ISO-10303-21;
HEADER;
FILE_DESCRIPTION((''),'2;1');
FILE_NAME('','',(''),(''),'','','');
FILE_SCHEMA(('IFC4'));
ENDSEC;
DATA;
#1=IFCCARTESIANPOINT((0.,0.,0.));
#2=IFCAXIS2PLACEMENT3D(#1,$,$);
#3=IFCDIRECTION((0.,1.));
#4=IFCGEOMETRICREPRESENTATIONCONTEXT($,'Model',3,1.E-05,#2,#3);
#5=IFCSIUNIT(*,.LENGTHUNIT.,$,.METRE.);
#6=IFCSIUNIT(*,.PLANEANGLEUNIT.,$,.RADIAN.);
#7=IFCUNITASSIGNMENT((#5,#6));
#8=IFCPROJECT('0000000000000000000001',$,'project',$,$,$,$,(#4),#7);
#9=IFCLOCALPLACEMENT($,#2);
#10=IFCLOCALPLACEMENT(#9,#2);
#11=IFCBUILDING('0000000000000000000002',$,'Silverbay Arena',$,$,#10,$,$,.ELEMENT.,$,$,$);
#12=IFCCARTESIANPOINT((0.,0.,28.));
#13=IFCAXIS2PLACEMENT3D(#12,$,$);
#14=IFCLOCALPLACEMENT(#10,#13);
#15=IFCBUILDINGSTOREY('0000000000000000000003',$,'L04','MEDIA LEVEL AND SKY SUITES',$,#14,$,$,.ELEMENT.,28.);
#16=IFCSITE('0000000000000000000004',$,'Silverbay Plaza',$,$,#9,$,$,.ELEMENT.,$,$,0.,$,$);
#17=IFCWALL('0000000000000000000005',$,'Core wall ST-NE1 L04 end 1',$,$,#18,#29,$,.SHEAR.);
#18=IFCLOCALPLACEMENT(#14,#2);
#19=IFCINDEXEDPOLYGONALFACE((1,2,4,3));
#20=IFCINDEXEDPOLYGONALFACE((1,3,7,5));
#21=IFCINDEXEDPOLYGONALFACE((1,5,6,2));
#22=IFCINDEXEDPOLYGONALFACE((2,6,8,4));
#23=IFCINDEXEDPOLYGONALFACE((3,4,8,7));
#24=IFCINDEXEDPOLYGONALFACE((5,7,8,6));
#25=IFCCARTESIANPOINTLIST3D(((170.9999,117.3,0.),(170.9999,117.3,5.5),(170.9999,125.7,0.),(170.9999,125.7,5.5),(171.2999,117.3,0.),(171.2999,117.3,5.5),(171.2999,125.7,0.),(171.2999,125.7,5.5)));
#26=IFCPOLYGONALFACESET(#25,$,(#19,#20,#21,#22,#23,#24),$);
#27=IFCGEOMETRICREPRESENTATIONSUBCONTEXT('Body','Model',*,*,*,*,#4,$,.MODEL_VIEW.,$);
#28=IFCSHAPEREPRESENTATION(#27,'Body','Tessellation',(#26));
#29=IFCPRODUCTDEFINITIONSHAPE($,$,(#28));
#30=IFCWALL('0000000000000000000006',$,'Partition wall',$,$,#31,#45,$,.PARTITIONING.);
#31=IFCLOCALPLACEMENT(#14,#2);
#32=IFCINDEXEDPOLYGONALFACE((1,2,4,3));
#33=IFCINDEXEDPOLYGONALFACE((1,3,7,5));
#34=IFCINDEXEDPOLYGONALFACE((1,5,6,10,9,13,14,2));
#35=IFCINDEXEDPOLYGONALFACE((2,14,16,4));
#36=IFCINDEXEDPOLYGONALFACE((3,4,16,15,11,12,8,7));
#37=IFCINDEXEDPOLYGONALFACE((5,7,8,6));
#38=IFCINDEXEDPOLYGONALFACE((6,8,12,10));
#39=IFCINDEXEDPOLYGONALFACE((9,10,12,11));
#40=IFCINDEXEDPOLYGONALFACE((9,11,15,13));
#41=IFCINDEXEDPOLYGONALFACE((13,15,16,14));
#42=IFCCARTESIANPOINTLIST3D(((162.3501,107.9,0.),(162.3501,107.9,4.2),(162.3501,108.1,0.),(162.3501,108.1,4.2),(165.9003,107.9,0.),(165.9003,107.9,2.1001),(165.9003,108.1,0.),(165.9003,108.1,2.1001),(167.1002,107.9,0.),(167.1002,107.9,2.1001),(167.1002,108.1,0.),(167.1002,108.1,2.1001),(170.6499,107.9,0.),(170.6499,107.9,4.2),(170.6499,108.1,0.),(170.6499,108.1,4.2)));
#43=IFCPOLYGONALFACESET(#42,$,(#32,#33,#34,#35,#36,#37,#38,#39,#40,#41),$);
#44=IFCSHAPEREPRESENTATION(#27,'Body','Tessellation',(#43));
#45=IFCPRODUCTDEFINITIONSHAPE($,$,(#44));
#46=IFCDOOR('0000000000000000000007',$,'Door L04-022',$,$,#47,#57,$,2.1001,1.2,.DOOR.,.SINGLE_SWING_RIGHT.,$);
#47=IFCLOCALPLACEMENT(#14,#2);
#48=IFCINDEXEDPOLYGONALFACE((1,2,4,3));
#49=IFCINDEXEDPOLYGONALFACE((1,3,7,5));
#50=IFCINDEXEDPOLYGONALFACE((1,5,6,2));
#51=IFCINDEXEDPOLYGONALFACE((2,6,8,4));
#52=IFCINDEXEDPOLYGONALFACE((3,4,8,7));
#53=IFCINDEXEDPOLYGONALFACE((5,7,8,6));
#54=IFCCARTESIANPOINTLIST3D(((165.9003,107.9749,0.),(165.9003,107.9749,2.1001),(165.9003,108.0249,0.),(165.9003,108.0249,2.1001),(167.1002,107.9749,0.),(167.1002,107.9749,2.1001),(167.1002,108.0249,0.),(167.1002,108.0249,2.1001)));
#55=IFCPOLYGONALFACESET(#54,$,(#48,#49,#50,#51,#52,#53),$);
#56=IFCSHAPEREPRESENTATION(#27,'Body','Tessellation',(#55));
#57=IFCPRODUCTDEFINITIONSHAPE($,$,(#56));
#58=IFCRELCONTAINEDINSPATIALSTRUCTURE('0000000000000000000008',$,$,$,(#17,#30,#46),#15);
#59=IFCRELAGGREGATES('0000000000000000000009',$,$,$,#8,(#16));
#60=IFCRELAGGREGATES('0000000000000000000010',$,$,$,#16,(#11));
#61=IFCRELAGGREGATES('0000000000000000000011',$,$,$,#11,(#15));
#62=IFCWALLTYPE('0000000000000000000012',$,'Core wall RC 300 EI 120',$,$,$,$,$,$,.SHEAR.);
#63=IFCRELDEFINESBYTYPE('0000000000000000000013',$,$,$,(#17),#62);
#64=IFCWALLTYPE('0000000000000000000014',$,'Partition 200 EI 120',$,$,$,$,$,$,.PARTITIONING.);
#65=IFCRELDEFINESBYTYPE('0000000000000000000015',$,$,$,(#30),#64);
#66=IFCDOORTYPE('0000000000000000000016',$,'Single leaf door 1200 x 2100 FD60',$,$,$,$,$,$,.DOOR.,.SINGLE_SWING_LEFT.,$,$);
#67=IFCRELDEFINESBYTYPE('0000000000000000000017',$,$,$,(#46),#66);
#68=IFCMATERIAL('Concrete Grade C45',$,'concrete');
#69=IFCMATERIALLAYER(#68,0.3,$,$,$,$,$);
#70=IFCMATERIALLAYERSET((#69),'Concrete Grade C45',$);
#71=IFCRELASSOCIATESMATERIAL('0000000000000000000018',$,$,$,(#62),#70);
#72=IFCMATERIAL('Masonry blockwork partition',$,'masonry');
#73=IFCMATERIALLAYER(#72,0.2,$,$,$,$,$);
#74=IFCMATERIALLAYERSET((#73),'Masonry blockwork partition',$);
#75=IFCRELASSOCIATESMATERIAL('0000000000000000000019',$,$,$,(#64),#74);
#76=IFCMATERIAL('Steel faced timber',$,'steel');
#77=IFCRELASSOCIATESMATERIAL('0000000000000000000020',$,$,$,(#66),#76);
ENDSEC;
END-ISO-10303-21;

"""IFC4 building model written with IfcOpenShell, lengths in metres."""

from ifc_helpers import new_model, si_unit, direction, frame, frame_2d, origin, place, context, subcontext, project, spatial, rectangle, extrude, material, layer, layer_set, type_object, element, fill, save


model = new_model("IFC4")

# Units and contexts
model_context = context("Model", 3, precision=1e-05, world=origin(), true_north=direction((0.0, 1.0)))
body_context = subcontext(model_context, "Body", "Model", "MODEL_VIEW")
ifc_project = project(units=[si_unit("LENGTHUNIT", "METRE"), si_unit("PLANEANGLEUNIT", "RADIAN")], contexts=[model_context])

# Site, building, storey
site_placement = place(None, origin())
site = spatial("IfcSite", under=ifc_project, at=site_placement, Name="Silverbay Plaza", CompositionType="ELEMENT", RefElevation=0.0)
building_placement = place(site_placement, origin())
building = spatial("IfcBuilding", under=site, at=building_placement, Name="Silverbay Arena", CompositionType="ELEMENT")
storey_placement = place(building_placement, frame((0.0, 0.0, 28.0)))
storey = spatial("IfcBuildingStorey", under=building, at=storey_placement, Name="L04", Description="MEDIA LEVEL AND SKY SUITES", CompositionType="ELEMENT", Elevation=28.0)

# Shared definitions
ifc_material_1 = material(Name="Concrete Grade C45", Category="concrete")
ifc_layer_1 = layer(ifc_material_1, 0.3)
ifc_layer_set_1 = layer_set([ifc_layer_1], Name="Concrete Grade C45")
wall_type_1 = type_object("IfcWallType", Name="Core wall RC 300 EI 120", PredefinedType="SHEAR", material=ifc_layer_set_1)

# Wall
wall_1_placement = place(storey_placement, frame((171.1499, 117.3, 0.0), z_axis=(0.0, 0.0, 1.0), x_axis=(0.0, 1.0, 0.0)))
element("IfcWall", 1, at=wall_1_placement, inside=storey, type_object=wall_type_1, Name="Core wall ST-NE1 L04 end 1", PredefinedType="SHEAR", context=body_context, shape_type="SweptSolid", body=[
    extrude(rectangle(XDim=8.3999, YDim=0.3, at=frame_2d((4.2, 0.0))), origin(), (0.0, 0.0, 1.0), 5.5),
])

# Wall, opening, door
ifc_material_2 = material(Name="Masonry blockwork partition", Category="masonry")
ifc_layer_2 = layer(ifc_material_2, 0.2)
ifc_layer_set_2 = layer_set([ifc_layer_2], Name="Masonry blockwork partition")
wall_type_2 = type_object("IfcWallType", Name="Partition 200 EI 120", PredefinedType="PARTITIONING", material=ifc_layer_set_2)
wall_2_placement = place(storey_placement, frame((162.3501, 108.0, 0.0), z_axis=(0.0, 0.0, 1.0), x_axis=(1.0, 0.0, 0.0)))
wall_2 = element("IfcWall", 2, at=wall_2_placement, inside=storey, type_object=wall_type_2, Name="Partition wall", PredefinedType="PARTITIONING", context=body_context, shape_type="SweptSolid", body=[
    extrude(rectangle(XDim=8.2998, YDim=0.2, at=frame_2d((4.1499, 0.0))), origin(), (0.0, 0.0, 1.0), 4.2),
])
opening_1_placement = place(wall_2_placement, frame((3.55, 0.0, 0.0)))
opening_1 = element("IfcOpeningElement", 3, at=opening_1_placement, cuts=wall_2, PredefinedType="OPENING", context=body_context, shape_type="SweptSolid", body=[
    extrude(rectangle(XDim=1.2, YDim=2.1001, at=frame_2d((0.6001, 1.05))), frame((0.0, 0.1099, 0.0), z_axis=(0.0, -1.0, 0.0), x_axis=(1.0, 0.0, 0.0)), (0.0, 0.0, 1.0), 0.22),
])
ifc_material_3 = material(Name="Steel faced timber", Category="steel")
door_type_1 = type_object("IfcDoorType", Name="Single leaf door 1200 x 2100 FD60", OperationType="SINGLE_SWING_LEFT", PredefinedType="DOOR", material=ifc_material_3)
door_1_placement = place(opening_1_placement, origin())
door_1 = element("IfcDoor", 4, at=door_1_placement, inside=storey, type_object=door_type_1, Name="Door L04-022", OperationType="SINGLE_SWING_RIGHT", OverallHeight=2.1001, OverallWidth=1.2, PredefinedType="DOOR", context=body_context, shape_type="SweptSolid", body=[
    extrude(rectangle(XDim=1.2, YDim=2.1001, at=frame_2d((0.6001, 1.05))), frame((0.0, 0.0249, 0.0), z_axis=(0.0, -1.0, 0.0), x_axis=(1.0, 0.0, 0.0)), (0.0, 0.0, 1.0), 0.05),
])
fill(opening_1, door_1)

save(model, "model.ifc")
